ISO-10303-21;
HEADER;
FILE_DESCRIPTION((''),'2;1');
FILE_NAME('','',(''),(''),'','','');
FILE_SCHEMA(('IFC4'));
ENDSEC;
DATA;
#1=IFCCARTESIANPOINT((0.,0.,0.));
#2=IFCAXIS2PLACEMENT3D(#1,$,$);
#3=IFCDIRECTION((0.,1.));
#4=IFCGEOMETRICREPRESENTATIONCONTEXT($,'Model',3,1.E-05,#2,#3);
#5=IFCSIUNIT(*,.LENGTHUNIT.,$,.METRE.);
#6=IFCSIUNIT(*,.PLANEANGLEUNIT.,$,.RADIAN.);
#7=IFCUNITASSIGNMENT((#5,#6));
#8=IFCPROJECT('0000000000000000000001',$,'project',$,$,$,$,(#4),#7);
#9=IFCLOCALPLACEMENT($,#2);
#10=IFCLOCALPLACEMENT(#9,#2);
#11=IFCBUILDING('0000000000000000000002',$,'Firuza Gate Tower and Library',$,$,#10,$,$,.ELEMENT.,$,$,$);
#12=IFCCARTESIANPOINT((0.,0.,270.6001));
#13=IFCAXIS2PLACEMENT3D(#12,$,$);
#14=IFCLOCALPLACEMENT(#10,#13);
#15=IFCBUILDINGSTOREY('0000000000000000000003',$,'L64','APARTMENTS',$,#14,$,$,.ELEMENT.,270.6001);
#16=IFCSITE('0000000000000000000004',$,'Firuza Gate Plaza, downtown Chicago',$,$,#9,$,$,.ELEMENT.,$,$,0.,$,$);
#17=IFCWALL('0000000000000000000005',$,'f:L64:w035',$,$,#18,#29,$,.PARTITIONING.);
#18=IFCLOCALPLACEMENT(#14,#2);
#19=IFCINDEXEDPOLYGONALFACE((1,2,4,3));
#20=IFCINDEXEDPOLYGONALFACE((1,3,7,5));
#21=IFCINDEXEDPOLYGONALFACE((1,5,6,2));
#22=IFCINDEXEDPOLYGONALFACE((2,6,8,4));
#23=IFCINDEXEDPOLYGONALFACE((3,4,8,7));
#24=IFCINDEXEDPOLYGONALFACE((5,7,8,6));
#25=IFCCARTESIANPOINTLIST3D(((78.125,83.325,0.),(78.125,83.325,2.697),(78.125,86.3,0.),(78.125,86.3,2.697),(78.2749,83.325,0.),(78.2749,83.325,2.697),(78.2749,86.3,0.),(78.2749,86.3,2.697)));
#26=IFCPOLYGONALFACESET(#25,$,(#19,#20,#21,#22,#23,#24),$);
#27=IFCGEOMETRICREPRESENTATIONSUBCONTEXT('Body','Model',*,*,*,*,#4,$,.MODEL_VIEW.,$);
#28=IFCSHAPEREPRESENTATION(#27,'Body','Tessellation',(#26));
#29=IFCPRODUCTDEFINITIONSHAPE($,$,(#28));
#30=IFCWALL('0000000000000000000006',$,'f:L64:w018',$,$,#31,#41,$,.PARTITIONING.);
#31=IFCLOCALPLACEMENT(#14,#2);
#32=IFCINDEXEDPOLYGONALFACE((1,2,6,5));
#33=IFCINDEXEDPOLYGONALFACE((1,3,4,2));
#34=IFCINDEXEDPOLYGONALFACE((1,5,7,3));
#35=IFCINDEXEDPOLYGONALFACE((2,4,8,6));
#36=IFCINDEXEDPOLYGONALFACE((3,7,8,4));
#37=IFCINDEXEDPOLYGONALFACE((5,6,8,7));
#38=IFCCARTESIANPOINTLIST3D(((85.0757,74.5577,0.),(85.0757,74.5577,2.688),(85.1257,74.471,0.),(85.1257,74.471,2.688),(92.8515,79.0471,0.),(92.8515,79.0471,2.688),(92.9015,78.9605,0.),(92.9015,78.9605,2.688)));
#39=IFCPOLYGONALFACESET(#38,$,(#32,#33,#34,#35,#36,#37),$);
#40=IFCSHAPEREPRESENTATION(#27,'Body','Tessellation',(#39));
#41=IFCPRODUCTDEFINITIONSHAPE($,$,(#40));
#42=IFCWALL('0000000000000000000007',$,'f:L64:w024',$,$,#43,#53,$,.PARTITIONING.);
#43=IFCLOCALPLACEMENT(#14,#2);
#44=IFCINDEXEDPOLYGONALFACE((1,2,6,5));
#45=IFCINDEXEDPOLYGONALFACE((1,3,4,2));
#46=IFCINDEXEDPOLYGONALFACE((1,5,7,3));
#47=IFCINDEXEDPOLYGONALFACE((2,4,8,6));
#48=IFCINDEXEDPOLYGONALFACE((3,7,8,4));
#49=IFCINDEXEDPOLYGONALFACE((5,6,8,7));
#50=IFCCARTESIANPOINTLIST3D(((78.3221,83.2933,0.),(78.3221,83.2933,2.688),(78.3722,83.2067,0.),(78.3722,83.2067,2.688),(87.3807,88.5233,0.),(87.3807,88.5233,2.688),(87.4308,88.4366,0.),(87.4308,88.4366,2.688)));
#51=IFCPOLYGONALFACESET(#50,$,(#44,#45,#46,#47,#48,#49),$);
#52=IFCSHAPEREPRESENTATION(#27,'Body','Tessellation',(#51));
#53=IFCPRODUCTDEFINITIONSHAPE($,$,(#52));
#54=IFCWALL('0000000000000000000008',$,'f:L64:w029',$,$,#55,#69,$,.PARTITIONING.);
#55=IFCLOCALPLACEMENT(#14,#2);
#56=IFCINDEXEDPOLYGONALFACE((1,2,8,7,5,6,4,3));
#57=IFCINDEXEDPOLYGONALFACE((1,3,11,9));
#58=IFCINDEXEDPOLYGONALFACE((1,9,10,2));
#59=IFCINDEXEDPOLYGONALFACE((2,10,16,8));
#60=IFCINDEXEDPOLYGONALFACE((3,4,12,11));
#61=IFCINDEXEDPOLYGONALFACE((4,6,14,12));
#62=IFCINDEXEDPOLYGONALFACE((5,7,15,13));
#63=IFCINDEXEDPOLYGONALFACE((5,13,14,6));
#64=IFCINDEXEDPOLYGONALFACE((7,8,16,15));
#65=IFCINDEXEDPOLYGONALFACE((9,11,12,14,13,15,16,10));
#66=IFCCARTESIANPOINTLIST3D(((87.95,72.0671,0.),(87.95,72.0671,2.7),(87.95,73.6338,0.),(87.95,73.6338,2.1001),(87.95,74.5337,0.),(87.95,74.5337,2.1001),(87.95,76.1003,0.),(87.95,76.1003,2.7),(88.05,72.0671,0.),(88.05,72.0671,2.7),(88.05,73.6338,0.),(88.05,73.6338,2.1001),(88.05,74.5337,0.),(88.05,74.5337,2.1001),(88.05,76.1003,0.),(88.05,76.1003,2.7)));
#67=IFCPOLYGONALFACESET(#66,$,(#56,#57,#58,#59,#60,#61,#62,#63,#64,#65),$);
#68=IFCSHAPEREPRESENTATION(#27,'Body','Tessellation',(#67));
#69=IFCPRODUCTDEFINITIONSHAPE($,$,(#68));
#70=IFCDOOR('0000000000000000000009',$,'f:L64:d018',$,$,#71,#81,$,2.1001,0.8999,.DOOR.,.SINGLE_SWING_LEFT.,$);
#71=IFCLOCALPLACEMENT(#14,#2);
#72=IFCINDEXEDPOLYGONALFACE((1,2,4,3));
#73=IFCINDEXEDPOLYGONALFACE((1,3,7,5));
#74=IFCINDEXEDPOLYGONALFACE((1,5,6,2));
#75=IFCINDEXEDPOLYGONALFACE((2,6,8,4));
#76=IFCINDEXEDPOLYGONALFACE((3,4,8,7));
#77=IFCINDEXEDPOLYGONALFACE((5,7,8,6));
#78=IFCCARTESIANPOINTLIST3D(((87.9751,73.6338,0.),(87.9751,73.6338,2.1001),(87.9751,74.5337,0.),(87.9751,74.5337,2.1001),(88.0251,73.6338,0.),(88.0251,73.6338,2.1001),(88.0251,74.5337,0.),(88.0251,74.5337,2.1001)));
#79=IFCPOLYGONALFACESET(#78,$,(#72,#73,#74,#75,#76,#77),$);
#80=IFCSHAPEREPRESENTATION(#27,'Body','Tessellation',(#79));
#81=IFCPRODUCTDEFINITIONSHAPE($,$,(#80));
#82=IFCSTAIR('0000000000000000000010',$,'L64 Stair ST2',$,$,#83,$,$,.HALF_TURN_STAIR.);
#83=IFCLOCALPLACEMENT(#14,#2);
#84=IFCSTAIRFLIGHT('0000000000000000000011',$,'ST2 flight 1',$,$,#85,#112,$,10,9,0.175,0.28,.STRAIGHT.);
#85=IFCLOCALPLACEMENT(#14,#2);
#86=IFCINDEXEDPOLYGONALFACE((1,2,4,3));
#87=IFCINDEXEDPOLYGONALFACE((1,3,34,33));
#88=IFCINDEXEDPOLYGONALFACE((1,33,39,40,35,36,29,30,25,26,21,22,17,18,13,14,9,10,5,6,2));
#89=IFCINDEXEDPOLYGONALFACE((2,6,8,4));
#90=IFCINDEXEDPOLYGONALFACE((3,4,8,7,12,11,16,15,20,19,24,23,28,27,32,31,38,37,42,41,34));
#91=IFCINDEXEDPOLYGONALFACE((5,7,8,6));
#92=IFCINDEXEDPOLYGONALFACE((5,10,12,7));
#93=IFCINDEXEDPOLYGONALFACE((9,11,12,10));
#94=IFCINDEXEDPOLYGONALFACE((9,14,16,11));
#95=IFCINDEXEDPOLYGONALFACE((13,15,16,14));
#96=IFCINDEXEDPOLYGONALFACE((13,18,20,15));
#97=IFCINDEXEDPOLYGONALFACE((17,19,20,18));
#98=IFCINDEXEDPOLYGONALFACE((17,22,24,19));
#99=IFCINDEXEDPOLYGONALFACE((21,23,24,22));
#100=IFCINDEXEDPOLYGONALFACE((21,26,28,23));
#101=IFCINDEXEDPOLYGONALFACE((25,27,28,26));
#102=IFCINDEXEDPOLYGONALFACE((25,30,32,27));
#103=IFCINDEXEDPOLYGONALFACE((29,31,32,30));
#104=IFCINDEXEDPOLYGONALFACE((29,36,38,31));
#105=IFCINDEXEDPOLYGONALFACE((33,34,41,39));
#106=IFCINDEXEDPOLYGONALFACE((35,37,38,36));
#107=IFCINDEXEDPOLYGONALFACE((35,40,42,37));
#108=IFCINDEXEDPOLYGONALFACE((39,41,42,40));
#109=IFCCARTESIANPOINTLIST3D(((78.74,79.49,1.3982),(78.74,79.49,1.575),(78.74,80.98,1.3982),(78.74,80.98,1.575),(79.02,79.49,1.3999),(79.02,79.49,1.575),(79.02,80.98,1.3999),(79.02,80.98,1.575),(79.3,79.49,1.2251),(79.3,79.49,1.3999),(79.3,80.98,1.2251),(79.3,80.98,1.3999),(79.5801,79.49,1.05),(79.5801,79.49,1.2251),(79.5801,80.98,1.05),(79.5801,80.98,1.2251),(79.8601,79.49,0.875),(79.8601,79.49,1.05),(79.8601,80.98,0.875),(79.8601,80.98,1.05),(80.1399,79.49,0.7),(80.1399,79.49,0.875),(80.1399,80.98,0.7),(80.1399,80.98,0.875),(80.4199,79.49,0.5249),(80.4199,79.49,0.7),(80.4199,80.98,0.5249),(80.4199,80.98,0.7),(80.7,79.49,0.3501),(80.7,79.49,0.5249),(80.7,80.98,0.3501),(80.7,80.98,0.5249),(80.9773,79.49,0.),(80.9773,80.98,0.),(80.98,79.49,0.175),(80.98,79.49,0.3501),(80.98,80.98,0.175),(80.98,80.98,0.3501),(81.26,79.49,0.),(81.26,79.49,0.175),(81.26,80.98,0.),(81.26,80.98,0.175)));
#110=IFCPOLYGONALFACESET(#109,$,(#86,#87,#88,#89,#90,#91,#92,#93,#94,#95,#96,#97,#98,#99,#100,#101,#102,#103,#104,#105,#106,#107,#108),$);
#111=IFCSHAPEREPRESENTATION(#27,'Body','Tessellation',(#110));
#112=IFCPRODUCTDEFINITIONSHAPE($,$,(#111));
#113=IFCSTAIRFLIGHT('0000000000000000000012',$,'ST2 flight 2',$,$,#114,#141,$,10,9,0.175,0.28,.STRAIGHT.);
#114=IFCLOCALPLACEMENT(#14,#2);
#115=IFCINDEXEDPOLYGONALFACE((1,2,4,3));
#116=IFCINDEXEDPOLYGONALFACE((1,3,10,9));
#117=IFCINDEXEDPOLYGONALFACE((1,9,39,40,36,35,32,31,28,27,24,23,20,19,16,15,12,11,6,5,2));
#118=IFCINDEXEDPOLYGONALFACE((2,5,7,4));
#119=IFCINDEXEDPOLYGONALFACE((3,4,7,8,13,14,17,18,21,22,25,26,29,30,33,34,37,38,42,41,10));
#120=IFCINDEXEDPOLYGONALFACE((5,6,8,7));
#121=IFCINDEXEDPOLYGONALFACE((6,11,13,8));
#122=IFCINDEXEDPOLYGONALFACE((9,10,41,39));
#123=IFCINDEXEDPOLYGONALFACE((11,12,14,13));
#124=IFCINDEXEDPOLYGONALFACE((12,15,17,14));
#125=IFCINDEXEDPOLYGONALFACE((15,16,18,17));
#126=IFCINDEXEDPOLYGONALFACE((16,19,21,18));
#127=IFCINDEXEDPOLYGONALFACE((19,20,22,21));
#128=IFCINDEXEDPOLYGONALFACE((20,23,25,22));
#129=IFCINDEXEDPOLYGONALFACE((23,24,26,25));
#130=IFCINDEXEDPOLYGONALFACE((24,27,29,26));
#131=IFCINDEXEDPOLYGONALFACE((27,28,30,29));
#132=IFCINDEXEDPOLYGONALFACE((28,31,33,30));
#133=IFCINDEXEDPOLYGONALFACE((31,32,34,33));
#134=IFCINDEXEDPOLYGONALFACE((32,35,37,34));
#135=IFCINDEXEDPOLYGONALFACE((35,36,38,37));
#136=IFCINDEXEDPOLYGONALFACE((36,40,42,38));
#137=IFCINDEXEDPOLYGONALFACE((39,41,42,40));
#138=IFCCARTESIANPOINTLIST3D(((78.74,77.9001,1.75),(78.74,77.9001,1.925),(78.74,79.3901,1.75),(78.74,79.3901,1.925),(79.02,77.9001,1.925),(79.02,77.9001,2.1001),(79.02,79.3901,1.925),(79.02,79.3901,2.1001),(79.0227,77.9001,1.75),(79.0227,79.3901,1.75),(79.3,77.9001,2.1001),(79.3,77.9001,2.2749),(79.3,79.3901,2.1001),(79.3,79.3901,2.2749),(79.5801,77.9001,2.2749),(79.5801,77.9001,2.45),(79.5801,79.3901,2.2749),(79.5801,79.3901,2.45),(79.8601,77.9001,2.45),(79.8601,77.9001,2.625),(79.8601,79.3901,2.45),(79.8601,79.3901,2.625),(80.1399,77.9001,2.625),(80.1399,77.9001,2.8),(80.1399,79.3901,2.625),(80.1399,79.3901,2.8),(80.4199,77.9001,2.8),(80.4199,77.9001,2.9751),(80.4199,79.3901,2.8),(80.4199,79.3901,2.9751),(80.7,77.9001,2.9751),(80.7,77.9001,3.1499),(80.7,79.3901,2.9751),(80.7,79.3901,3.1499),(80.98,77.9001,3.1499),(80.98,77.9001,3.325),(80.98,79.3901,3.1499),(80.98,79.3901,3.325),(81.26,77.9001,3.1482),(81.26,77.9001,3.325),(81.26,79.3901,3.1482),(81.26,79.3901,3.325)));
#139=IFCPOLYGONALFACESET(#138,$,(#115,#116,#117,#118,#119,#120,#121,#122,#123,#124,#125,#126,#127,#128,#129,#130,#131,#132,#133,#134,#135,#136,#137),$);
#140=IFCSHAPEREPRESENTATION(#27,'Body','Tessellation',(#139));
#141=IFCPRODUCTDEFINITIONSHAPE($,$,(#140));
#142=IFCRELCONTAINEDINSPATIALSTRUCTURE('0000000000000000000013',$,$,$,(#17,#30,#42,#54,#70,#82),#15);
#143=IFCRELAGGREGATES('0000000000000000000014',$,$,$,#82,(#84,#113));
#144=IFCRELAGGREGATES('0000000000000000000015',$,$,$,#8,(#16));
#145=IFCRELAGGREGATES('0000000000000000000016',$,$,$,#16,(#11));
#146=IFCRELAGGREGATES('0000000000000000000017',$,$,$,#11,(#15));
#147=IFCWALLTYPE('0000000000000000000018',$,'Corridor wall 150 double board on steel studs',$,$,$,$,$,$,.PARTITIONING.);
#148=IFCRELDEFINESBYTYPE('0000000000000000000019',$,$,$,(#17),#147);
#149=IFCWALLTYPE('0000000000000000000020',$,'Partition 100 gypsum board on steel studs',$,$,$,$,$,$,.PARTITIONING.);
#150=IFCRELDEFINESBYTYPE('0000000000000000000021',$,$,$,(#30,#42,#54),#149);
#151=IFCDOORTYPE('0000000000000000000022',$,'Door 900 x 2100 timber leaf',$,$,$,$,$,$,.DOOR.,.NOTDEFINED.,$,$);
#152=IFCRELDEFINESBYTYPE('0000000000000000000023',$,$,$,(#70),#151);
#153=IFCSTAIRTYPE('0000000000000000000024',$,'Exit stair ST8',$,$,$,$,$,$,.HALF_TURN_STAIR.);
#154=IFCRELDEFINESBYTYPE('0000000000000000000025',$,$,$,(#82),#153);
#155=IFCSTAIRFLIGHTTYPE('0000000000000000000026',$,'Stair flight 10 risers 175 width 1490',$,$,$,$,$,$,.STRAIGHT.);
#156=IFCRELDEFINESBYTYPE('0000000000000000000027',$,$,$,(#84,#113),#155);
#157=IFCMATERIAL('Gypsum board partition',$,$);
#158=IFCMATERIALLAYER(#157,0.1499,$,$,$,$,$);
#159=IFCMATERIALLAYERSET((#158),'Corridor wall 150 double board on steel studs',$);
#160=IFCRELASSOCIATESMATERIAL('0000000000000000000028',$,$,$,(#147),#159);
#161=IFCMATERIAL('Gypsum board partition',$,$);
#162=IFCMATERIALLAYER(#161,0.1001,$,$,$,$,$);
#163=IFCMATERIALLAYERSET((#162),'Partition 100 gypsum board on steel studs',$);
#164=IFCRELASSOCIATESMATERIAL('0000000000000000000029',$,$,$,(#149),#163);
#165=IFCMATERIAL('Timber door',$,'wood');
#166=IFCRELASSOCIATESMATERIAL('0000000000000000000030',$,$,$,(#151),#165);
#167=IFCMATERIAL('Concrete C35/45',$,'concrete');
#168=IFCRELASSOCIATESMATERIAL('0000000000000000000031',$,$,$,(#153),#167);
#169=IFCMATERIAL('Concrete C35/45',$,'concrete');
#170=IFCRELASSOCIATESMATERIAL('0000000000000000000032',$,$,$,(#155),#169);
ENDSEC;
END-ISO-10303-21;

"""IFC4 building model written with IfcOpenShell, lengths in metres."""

from ifc_helpers import new_model, si_unit, direction, frame, frame_2d, origin, place, context, subcontext, project, spatial, polyline, rectangle, outline, extrude, material, layer, layer_set, type_object, element, fill, aggregate, save


model = new_model("IFC4")

# Units and contexts
model_context = context("Model", 3, precision=1e-05, world=origin(), true_north=direction((0.0, 1.0)))
body_context = subcontext(model_context, "Body", "Model", "MODEL_VIEW")
ifc_project = project(units=[si_unit("LENGTHUNIT", "METRE"), si_unit("PLANEANGLEUNIT", "RADIAN")], contexts=[model_context])

# Site, building, storey
site_placement = place(None, origin())
site = spatial("IfcSite", under=ifc_project, at=site_placement, Name="Firuza Gate Plaza, downtown Chicago", CompositionType="ELEMENT", RefElevation=0.0)
building_placement = place(site_placement, origin())
building = spatial("IfcBuilding", under=site, at=building_placement, Name="Firuza Gate Tower and Library", CompositionType="ELEMENT")
storey_placement = place(building_placement, frame((0.0, 0.0, 270.6001)))
storey = spatial("IfcBuildingStorey", under=building, at=storey_placement, Name="L64", Description="APARTMENTS", CompositionType="ELEMENT", Elevation=270.6001)

# Shared definitions
placement = place(storey_placement, origin())

# Shared definitions
ifc_material_1 = material(Name="Gypsum board partition")
ifc_layer_1 = layer(ifc_material_1, 0.1499)
ifc_layer_set_1 = layer_set([ifc_layer_1], Name="Corridor wall 150 double board on steel studs")
wall_type_1 = type_object("IfcWallType", Name="Corridor wall 150 double board on steel studs", PredefinedType="PARTITIONING", material=ifc_layer_set_1)

# Walls
wall_1_placement = place(storey_placement, frame((78.2, 83.325, 0.0), z_axis=(0.0, 0.0, 1.0), x_axis=(0.0, 1.0, 0.0)))
element("IfcWall", 1, at=wall_1_placement, inside=storey, type_object=wall_type_1, Name="f:L64:w035", PredefinedType="PARTITIONING", context=body_context, shape_type="SweptSolid", body=[
    extrude(rectangle(XDim=2.9751, YDim=0.1499, at=frame_2d((1.4875, 0.0))), origin(), (0.0, 0.0, 1.0), 2.697),
])
ifc_material_2 = material(Name="Gypsum board partition")
ifc_layer_2 = layer(ifc_material_2, 0.1001)
ifc_layer_set_2 = layer_set([ifc_layer_2], Name="Partition 100 gypsum board on steel studs")
wall_type_2 = type_object("IfcWallType", Name="Partition 100 gypsum board on steel studs", PredefinedType="PARTITIONING", material=ifc_layer_set_2)
wall_2_placement = place(storey_placement, frame((85.1008, 74.5144, 0.0), z_axis=(0.0, 0.0, 1.0), x_axis=(0.866021, 0.500008, 0.0)))
element("IfcWall", 2, at=wall_2_placement, inside=storey, type_object=wall_type_2, Name="f:L64:w018", PredefinedType="PARTITIONING", context=body_context, shape_type="SweptSolid", body=[
    extrude(rectangle(XDim=8.9788, YDim=0.1001, at=frame_2d((4.4893, 0.0))), origin(), (0.0, 0.0, 1.0), 2.688),
])
wall_3_placement = place(storey_placement, frame((78.3472, 83.25, 0.0), z_axis=(0.0, 0.0, 1.0), x_axis=(0.866025, 0.5, 0.0)))
element("IfcWall", 3, at=wall_3_placement, inside=storey, type_object=wall_type_2, Name="f:L64:w024", PredefinedType="PARTITIONING", context=body_context, shape_type="SweptSolid", body=[
    extrude(rectangle(XDim=10.46, YDim=0.1001, at=frame_2d((5.23, 0.0))), origin(), (0.0, 0.0, 1.0), 2.688),
])

# Wall, opening, door
wall_4_placement = place(storey_placement, frame((88.0, 72.0671, 0.0), z_axis=(0.0, 0.0, 1.0), x_axis=(0.0, 1.0, 0.0)))
wall_4 = element("IfcWall", 4, at=wall_4_placement, inside=storey, type_object=wall_type_2, Name="f:L64:w029", PredefinedType="PARTITIONING", context=body_context, shape_type="SweptSolid", body=[
    extrude(rectangle(XDim=4.0332, YDim=0.1001, at=frame_2d((2.0166, 0.0))), origin(), (0.0, 0.0, 1.0), 2.7),
])
opening_1_placement = place(wall_4_placement, frame((1.5667, 0.0, 0.0)))
opening_1 = element("IfcOpeningElement", 5, at=opening_1_placement, cuts=wall_4, PredefinedType="OPENING", context=body_context, shape_type="SweptSolid", body=[
    extrude(rectangle(XDim=0.8999, YDim=2.1001, at=frame_2d((0.45, 1.05))), frame((0.0, 0.0601, 0.0), z_axis=(0.0, -1.0, 0.0), x_axis=(1.0, 0.0, 0.0)), (0.0, 0.0, 1.0), 0.1201),
])
ifc_material_3 = material(Name="Timber door", Category="wood")
door_type_1 = type_object("IfcDoorType", Name="Door 900 x 2100 timber leaf", OperationType="NOTDEFINED", PredefinedType="DOOR", material=ifc_material_3)
door_1_placement = place(opening_1_placement, origin())
door_1 = element("IfcDoor", 6, at=door_1_placement, inside=storey, type_object=door_type_1, Name="f:L64:d018", OperationType="SINGLE_SWING_LEFT", OverallHeight=2.1001, OverallWidth=0.8999, PredefinedType="DOOR", context=body_context, shape_type="SweptSolid", body=[
    extrude(rectangle(XDim=0.8999, YDim=2.1001, at=frame_2d((0.45, 1.05))), frame((0.0, 0.0249, 0.0), z_axis=(0.0, -1.0, 0.0), x_axis=(1.0, 0.0, 0.0)), (0.0, 0.0, 1.0), 0.05),
])
fill(opening_1, door_1)

# Stair, stair flights
ifc_material_4 = material(Name="Concrete C35/45", Category="concrete")
stair_type = type_object("IfcStairType", Name="Exit stair ST8", PredefinedType="HALF_TURN_STAIR", material=ifc_material_4)
stair = element("IfcStair", 7, at=placement, inside=storey, type_object=stair_type, Name="L64 Stair ST2", PredefinedType="HALF_TURN_STAIR")
ifc_material_5 = material(Name="Concrete C35/45", Category="concrete")
stair_flight_type = type_object("IfcStairFlightType", Name="Stair flight 10 risers 175 width 1490", PredefinedType="STRAIGHT", material=ifc_material_5)
stair_flight_1_placement = place(storey_placement, frame((81.26, 80.2351, 0.0), z_axis=(0.0, 0.0, 1.0), x_axis=(-1.0, 0.0, 0.0)))
stair_flight_1 = element("IfcStairFlight", 8, at=stair_flight_1_placement, type_object=stair_flight_type, Name="ST2 flight 1", NumberOfRisers=10, NumberOfTreads=9, PredefinedType="STRAIGHT", RiserHeight=0.175, TreadLength=0.28, context=body_context, shape_type="SweptSolid", body=[
    extrude(outline(polyline([(0.0, 0.0), (0.0, 0.175), (0.28, 0.175), (0.28, 0.3501), (0.5601, 0.3501), (0.5601, 0.5249), (0.8401, 0.5249), (0.8401, 0.7), (1.1201, 0.7), (1.1201, 0.875), (1.3999, 0.875), (1.3999, 1.05), (1.6799, 1.05), (1.6799, 1.2251), (1.96, 1.2251), (1.96, 1.3999), (2.24, 1.3999), (2.24, 1.575), (2.52, 1.575), (2.52, 1.75), (2.52, 1.3982), (0.2827, 0.0), (0.0, 0.0)])), frame((0.0, 0.7451, 0.0), z_axis=(0.0, -1.0, 0.0), x_axis=(1.0, 0.0, 0.0)), (0.0, 0.0, 1.0), 1.49),
])
stair_flight_2_placement = place(storey_placement, frame((78.74, 78.645, 1.75), z_axis=(0.0, 0.0, 1.0), x_axis=(1.0, 0.0, 0.0)))
stair_flight_2 = element("IfcStairFlight", 9, at=stair_flight_2_placement, type_object=stair_flight_type, Name="ST2 flight 2", NumberOfRisers=10, NumberOfTreads=9, PredefinedType="STRAIGHT", RiserHeight=0.175, TreadLength=0.28, context=body_context, shape_type="SweptSolid", body=[
    extrude(outline(polyline([(0.0, 0.0), (0.0, 0.175), (0.28, 0.175), (0.28, 0.3501), (0.5601, 0.3501), (0.5601, 0.5249), (0.8401, 0.5249), (0.8401, 0.7), (1.1201, 0.7), (1.1201, 0.875), (1.3999, 0.875), (1.3999, 1.05), (1.6799, 1.05), (1.6799, 1.2251), (1.96, 1.2251), (1.96, 1.3999), (2.24, 1.3999), (2.24, 1.575), (2.52, 1.575), (2.52, 1.75), (2.52, 1.3982), (0.2827, 0.0), (0.0, 0.0)])), frame((0.0, 0.7451, 0.0), z_axis=(0.0, -1.0, 0.0), x_axis=(1.0, 0.0, 0.0)), (0.0, 0.0, 1.0), 1.49),
])
aggregate(stair, [stair_flight_1, stair_flight_2])

save(model, "model.ifc")
